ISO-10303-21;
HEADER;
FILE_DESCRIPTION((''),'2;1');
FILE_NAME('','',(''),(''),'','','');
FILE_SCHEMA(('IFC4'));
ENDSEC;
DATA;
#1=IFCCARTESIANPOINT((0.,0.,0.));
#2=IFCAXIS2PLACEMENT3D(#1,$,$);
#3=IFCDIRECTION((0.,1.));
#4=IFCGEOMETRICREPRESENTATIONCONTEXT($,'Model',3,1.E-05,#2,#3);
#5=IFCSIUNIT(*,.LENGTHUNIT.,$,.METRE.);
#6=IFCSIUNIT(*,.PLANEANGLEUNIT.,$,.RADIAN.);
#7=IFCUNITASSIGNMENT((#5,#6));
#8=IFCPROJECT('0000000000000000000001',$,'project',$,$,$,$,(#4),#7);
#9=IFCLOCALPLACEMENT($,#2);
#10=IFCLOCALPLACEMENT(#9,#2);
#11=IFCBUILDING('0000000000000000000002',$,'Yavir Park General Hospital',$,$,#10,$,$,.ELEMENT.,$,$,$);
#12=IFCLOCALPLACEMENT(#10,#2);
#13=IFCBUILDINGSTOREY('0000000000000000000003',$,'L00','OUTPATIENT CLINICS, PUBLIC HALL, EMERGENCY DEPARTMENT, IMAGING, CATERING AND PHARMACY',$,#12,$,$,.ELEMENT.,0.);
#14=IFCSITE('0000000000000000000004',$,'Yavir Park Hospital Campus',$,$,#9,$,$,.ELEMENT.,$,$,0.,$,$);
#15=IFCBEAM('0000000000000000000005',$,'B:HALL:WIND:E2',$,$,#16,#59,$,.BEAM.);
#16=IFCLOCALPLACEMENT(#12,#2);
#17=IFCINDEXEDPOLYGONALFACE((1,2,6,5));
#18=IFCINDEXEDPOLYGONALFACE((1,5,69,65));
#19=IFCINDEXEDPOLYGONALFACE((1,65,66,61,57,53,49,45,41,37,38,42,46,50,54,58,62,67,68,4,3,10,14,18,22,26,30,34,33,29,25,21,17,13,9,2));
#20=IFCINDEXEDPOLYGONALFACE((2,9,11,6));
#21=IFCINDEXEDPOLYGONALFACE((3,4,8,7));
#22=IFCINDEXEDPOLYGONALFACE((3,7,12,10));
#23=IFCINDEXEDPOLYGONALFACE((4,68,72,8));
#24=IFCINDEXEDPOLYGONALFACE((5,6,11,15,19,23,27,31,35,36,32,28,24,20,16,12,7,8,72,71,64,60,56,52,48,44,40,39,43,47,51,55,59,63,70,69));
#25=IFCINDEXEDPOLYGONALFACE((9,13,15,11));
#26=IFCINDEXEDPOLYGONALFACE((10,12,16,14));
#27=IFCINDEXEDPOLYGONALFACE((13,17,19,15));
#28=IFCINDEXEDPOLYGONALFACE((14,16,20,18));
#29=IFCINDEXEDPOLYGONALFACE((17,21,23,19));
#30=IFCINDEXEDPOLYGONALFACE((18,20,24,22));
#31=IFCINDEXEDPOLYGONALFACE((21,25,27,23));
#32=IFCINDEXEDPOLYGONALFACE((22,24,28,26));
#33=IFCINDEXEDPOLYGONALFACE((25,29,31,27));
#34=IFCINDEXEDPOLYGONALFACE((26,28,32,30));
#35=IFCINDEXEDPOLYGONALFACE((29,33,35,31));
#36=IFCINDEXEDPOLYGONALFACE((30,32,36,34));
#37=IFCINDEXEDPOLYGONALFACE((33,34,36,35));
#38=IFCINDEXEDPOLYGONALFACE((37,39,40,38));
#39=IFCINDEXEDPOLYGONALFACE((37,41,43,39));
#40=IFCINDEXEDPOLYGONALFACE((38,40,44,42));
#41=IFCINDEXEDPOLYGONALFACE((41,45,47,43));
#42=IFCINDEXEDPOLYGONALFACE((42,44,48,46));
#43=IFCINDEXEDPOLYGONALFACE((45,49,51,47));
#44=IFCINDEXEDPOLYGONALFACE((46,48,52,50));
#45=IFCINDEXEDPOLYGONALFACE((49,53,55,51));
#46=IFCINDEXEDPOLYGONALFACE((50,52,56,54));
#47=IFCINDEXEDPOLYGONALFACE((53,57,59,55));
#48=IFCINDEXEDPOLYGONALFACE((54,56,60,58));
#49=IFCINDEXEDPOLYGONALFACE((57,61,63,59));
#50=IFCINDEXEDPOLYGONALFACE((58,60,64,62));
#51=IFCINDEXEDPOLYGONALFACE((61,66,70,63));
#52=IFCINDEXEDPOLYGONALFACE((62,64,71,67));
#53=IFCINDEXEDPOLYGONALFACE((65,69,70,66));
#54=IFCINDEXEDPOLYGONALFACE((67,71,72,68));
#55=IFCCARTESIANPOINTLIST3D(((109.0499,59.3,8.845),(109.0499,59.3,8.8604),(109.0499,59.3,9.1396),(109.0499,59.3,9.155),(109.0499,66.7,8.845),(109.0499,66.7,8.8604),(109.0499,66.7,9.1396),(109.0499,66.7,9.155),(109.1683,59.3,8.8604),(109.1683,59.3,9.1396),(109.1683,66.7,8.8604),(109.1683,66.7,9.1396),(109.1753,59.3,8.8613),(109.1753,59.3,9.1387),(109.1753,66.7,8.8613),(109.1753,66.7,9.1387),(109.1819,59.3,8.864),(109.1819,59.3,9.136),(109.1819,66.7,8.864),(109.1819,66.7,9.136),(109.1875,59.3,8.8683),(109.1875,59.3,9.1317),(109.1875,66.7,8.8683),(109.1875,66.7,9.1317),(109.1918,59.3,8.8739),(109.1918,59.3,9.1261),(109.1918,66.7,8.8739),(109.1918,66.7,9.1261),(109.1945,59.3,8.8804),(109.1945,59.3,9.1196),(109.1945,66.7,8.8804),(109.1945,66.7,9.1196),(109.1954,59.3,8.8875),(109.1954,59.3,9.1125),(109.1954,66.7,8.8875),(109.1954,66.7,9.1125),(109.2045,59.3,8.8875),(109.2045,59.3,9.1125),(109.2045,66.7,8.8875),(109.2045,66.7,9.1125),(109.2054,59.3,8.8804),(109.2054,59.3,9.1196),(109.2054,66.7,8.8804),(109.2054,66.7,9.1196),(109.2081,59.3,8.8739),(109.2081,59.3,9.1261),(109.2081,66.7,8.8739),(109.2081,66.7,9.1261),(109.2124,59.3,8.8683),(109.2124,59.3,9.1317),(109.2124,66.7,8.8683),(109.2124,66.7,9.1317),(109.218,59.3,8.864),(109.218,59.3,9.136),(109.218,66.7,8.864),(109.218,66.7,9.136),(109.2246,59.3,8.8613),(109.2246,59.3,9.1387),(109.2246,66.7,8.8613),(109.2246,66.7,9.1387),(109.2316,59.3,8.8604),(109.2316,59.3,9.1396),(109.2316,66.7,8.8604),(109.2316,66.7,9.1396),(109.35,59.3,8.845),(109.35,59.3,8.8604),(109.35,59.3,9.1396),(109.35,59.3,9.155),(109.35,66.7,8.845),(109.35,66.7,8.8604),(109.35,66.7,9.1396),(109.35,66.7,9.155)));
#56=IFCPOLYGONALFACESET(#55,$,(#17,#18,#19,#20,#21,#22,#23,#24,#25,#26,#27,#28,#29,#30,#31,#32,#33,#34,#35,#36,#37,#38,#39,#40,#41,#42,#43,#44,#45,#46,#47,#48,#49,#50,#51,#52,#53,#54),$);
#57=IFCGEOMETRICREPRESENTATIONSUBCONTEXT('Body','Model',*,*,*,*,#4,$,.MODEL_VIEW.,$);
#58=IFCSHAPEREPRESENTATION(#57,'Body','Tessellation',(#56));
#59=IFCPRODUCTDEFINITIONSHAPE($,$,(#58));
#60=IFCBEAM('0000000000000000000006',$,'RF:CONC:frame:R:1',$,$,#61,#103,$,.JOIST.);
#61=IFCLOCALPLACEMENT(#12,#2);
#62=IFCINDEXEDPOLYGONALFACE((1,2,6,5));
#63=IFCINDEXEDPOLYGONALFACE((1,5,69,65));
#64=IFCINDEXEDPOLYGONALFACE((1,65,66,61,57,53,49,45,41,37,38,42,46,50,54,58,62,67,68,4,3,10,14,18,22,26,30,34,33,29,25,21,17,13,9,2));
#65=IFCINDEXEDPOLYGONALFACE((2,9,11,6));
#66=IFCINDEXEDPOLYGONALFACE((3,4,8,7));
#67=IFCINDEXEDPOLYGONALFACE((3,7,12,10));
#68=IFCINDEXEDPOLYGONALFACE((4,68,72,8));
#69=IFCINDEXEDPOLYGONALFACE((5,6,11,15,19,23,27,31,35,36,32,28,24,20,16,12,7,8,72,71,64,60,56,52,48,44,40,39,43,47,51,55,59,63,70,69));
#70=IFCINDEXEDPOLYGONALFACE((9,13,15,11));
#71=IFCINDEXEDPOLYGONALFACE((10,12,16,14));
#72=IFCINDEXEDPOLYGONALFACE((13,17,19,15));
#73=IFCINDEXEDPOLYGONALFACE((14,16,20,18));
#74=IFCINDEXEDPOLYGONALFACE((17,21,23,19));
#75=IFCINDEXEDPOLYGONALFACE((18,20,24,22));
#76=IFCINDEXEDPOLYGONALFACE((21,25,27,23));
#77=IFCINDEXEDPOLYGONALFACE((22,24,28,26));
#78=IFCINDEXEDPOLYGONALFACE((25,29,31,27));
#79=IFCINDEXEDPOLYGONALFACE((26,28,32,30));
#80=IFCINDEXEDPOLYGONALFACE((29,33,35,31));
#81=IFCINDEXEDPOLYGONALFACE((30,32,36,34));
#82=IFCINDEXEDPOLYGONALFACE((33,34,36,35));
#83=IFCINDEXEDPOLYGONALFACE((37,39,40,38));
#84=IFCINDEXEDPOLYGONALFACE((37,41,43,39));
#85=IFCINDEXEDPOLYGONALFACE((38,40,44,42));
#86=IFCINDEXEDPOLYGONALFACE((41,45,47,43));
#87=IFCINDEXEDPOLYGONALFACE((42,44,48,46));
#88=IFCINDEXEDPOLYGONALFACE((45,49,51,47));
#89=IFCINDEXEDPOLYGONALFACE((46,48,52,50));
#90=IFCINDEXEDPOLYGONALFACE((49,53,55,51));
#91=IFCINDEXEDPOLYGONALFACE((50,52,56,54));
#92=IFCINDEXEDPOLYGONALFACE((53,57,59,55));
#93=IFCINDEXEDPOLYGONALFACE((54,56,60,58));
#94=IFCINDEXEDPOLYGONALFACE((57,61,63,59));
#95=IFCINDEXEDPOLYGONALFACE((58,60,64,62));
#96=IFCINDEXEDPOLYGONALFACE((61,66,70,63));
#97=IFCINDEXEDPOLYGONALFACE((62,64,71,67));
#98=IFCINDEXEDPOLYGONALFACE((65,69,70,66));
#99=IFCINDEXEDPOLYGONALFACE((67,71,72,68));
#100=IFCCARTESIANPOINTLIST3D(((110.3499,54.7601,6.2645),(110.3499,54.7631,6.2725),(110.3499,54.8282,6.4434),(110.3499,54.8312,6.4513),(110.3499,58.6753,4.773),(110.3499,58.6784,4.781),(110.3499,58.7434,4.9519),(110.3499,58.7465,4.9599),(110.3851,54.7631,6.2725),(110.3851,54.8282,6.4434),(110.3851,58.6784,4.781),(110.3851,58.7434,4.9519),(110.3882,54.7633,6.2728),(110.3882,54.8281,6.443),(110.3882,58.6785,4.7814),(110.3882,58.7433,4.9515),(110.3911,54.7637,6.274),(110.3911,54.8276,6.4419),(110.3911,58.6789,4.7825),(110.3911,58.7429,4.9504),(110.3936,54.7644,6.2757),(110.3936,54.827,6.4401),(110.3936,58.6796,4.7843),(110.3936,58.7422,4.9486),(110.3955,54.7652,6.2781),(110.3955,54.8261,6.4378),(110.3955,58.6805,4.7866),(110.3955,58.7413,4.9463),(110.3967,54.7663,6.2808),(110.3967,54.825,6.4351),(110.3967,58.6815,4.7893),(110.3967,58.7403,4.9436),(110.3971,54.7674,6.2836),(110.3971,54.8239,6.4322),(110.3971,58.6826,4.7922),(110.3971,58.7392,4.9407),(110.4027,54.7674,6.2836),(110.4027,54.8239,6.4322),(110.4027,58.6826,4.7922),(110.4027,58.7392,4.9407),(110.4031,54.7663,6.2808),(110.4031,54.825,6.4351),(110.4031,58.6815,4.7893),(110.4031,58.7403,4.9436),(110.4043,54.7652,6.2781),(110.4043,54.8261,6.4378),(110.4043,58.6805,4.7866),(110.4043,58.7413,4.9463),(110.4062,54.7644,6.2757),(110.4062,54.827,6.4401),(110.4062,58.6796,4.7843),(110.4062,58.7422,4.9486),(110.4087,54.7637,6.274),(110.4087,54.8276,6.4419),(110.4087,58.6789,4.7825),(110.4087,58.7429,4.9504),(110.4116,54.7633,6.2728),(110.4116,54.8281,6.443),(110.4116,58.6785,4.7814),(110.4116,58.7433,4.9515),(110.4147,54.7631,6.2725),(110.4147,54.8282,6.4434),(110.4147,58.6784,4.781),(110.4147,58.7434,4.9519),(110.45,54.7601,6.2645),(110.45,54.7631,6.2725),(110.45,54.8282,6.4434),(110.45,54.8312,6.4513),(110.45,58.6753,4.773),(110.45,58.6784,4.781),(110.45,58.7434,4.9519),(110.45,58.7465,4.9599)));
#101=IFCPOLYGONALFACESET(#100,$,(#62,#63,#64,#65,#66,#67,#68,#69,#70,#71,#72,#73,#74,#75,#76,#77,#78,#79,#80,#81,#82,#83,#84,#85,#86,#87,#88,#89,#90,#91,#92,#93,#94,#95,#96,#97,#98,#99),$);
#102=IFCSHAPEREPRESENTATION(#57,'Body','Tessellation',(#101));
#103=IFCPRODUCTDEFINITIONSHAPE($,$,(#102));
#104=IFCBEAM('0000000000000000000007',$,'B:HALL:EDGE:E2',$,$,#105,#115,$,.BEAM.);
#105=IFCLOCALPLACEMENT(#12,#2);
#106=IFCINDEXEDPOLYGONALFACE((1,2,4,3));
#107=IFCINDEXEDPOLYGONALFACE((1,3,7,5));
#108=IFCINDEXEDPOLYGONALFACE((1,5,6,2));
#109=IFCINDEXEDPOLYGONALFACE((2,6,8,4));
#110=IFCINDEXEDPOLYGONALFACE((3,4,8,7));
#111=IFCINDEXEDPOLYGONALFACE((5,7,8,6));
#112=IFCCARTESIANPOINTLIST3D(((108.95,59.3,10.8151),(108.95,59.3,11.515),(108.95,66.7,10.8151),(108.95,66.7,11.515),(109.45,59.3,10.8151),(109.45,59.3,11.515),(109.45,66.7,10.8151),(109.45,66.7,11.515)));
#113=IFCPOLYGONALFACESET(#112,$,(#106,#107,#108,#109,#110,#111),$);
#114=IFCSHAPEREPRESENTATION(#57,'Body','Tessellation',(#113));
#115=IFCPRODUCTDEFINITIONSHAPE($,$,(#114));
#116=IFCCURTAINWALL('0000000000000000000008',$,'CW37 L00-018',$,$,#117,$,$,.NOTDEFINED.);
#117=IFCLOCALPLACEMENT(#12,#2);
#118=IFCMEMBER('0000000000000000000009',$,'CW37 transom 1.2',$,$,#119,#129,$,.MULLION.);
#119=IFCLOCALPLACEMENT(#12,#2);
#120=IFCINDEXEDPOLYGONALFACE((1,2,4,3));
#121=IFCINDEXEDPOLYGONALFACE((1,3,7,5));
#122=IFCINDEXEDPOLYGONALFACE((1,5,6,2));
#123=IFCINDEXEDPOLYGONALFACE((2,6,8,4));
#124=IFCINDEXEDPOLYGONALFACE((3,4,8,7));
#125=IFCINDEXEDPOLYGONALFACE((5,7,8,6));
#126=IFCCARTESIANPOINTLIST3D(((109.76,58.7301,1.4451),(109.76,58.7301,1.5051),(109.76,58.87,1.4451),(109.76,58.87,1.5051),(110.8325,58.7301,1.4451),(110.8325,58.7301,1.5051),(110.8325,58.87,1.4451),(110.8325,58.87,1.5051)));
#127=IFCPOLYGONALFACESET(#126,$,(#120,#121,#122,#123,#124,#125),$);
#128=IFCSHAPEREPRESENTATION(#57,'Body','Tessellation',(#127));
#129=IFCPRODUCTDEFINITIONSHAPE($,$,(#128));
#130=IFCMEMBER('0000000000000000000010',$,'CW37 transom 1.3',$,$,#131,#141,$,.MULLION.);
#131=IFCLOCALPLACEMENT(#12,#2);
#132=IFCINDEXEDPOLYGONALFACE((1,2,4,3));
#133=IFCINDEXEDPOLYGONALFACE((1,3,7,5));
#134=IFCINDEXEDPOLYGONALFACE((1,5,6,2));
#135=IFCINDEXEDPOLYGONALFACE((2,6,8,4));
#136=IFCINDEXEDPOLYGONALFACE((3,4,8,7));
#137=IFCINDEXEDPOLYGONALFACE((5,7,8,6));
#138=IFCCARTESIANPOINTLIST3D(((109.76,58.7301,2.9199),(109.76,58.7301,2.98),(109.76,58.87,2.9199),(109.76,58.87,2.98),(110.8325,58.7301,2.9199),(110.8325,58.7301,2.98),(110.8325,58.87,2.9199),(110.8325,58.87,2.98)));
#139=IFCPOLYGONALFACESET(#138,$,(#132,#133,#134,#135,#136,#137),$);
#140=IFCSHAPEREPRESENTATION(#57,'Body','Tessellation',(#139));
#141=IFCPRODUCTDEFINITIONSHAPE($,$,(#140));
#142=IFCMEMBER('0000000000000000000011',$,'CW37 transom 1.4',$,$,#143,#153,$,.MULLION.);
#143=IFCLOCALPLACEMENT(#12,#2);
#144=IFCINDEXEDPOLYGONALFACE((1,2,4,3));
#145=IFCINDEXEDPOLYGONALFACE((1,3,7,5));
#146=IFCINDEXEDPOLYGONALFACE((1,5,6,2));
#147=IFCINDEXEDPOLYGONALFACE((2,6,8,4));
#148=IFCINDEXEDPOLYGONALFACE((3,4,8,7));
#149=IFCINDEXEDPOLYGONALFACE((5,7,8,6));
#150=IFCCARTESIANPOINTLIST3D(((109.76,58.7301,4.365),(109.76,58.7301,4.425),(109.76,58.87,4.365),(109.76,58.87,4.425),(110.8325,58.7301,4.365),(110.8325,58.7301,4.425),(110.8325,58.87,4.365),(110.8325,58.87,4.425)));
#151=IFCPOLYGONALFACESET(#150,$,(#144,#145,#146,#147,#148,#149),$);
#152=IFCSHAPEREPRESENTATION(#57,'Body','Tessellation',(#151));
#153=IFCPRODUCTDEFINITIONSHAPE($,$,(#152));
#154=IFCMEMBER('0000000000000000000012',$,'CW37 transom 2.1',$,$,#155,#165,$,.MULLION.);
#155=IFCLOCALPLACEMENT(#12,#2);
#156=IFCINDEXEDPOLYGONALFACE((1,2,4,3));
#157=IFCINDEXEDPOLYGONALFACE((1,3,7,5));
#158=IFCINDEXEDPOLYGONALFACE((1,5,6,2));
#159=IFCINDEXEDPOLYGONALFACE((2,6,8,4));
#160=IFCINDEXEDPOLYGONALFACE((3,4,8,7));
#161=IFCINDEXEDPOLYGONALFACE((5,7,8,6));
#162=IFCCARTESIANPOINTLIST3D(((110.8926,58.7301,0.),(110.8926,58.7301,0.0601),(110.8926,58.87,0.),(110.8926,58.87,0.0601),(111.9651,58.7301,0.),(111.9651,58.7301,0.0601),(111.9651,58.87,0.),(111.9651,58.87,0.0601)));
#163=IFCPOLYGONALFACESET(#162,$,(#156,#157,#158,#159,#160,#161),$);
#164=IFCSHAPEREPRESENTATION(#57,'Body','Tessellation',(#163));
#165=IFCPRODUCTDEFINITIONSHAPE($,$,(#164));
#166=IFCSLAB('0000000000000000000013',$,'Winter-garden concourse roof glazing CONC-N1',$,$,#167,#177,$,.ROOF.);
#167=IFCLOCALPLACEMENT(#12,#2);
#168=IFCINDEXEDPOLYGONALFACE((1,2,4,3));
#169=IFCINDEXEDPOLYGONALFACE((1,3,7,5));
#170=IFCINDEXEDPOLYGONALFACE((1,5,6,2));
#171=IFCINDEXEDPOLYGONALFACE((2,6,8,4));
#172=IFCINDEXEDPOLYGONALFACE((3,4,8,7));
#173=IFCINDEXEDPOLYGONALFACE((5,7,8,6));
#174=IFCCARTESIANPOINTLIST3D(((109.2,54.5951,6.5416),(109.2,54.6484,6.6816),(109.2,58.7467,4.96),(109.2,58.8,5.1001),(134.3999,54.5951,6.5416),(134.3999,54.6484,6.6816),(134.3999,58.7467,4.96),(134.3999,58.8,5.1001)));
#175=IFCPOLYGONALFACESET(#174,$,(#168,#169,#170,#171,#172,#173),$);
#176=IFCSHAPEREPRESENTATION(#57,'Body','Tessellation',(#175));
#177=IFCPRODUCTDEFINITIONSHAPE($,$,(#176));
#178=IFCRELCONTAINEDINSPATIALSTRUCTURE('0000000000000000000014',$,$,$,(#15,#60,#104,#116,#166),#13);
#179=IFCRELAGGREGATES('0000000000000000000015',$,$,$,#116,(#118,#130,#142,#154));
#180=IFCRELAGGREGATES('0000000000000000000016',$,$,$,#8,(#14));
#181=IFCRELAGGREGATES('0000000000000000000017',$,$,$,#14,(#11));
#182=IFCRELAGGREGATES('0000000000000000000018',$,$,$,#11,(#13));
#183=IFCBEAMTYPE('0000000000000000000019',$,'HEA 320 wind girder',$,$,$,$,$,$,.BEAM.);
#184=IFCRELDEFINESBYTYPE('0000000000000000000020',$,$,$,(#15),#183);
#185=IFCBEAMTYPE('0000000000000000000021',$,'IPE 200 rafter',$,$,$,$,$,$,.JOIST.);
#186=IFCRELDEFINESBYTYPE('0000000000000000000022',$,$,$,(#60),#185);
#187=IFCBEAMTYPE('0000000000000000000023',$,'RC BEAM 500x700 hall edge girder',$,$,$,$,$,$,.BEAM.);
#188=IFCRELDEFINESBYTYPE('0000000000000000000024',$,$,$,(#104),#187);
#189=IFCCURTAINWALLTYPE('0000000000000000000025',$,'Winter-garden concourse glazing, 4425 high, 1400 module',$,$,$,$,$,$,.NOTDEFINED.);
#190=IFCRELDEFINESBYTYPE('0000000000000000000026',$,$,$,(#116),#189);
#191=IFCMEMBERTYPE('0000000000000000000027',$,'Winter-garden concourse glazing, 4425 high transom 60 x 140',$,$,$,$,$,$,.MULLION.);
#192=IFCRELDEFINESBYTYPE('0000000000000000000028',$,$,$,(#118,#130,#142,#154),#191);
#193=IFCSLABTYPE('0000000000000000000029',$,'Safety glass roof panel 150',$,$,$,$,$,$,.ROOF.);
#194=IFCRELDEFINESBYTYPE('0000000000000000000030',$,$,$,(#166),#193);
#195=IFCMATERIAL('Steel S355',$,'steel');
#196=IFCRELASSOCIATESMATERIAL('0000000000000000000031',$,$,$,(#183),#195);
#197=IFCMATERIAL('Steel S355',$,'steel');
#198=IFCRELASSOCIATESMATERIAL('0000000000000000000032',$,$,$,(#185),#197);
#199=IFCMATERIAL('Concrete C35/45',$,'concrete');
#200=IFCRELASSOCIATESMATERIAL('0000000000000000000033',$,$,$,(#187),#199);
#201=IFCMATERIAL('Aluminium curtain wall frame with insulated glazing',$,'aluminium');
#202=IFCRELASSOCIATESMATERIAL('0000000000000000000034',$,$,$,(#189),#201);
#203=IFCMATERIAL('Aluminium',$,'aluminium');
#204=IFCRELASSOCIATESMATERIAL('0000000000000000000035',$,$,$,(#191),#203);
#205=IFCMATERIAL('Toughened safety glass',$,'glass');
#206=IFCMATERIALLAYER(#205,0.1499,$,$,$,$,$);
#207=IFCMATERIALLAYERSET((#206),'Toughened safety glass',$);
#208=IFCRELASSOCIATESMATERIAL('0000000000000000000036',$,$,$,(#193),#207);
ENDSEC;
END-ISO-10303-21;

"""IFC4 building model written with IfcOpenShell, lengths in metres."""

from ifc_helpers import new_model, si_unit, direction, frame, origin, origin_2d, place, context, subcontext, project, spatial, polyline, rectangle, i_section, outline, extrude, material, layer, layer_set, material_profile, profile_set, type_object, element, aggregate, save


model = new_model("IFC4")

# Units and contexts
model_context = context("Model", 3, precision=1e-05, world=origin(), true_north=direction((0.0, 1.0)))
body_context = subcontext(model_context, "Body", "Model", "MODEL_VIEW")
ifc_project = project(units=[si_unit("LENGTHUNIT", "METRE"), si_unit("PLANEANGLEUNIT", "RADIAN")], contexts=[model_context])

# Site, building, storey
site_placement = place(None, origin())
site = spatial("IfcSite", under=ifc_project, at=site_placement, Name="Yavir Park Hospital Campus", CompositionType="ELEMENT", RefElevation=0.0)
building_placement = place(site_placement, origin())
building = spatial("IfcBuilding", under=site, at=building_placement, Name="Yavir Park General Hospital", CompositionType="ELEMENT")
storey_placement = place(building_placement, origin())
storey = spatial("IfcBuildingStorey", under=building, at=storey_placement, Name="L00", Description="OUTPATIENT CLINICS, PUBLIC HALL, EMERGENCY DEPARTMENT, IMAGING, CATERING AND PHARMACY", CompositionType="ELEMENT", Elevation=0.0)

# Beams
ifc_material_1 = material(Name="Steel S355", Category="steel")
ifc_material_profile_1 = material_profile(ifc_material_1, i_section(OverallWidth=0.3, OverallDepth=0.3101, WebThickness=0.009, FlangeThickness=0.0154, FilletRadius=0.0271, at=origin_2d()), Name="HEA320")
ifc_profile_set_1 = profile_set([ifc_material_profile_1], Name="Steel S355")
beam_type_1 = type_object("IfcBeamType", Name="HEA 320 wind girder", PredefinedType="BEAM", material=ifc_profile_set_1)
beam_1_placement = place(storey_placement, frame((109.2, 59.3, 9.0), z_axis=(0.0, 1.0, 0.0), x_axis=(-1.0, 0.0, 0.0)))
element("IfcBeam", 1, at=beam_1_placement, inside=storey, type_object=beam_type_1, Name="B:HALL:WIND:E2", PredefinedType="BEAM", context=body_context, shape_type="SweptSolid", body=[
    extrude(i_section(OverallWidth=0.3, OverallDepth=0.3101, WebThickness=0.009, FlangeThickness=0.0154, FilletRadius=0.0271, at=origin_2d()), origin(), (0.0, 0.0, 1.0), 7.3999),
])
ifc_material_2 = material(Name="Steel S355", Category="steel")
ifc_material_profile_2 = material_profile(ifc_material_2, i_section(OverallWidth=0.1001, OverallDepth=0.2, WebThickness=0.0056, FlangeThickness=0.0085, FilletRadius=0.012, at=origin_2d()), Name="IPE200")
ifc_profile_set_2 = profile_set([ifc_material_profile_2], Name="Steel S355")
beam_type_2 = type_object("IfcBeamType", Name="IPE 200 rafter", PredefinedType="JOIST", material=ifc_profile_set_2)
beam_2_placement = place(storey_placement, frame((110.3999, 54.7957, 6.3579), z_axis=(0.0, 0.934494, -0.355978), x_axis=(-1.0, 0.0, 0.0)))
element("IfcBeam", 2, at=beam_2_placement, inside=storey, type_object=beam_type_2, Name="RF:CONC:frame:R:1", PredefinedType="JOIST", context=body_context, shape_type="SweptSolid", body=[
    extrude(i_section(OverallWidth=0.1001, OverallDepth=0.2, WebThickness=0.0056, FlangeThickness=0.0085, FilletRadius=0.012, at=origin_2d()), origin(), (0.0, 0.0, 1.0), 4.1897),
])
ifc_material_3 = material(Name="Concrete C35/45", Category="concrete")
ifc_material_profile_3 = material_profile(ifc_material_3, rectangle(XDim=0.5, YDim=0.7, at=origin_2d()), Name="RC500x700")
ifc_profile_set_3 = profile_set([ifc_material_profile_3], Name="Concrete C35/45")
beam_type_3 = type_object("IfcBeamType", Name="RC BEAM 500x700 hall edge girder", PredefinedType="BEAM", material=ifc_profile_set_3)
beam_3_placement = place(storey_placement, frame((109.2, 59.3, 11.165), z_axis=(0.0, 1.0, 0.0), x_axis=(-1.0, 0.0, 0.0)))
element("IfcBeam", 3, at=beam_3_placement, inside=storey, type_object=beam_type_3, Name="B:HALL:EDGE:E2", PredefinedType="BEAM", context=body_context, shape_type="SweptSolid", body=[
    extrude(rectangle(XDim=0.5, YDim=0.7, at=origin_2d()), origin(), (0.0, 0.0, 1.0), 7.3999),
])

# Curtain wall, members
ifc_material_4 = material(Name="Aluminium curtain wall frame with insulated glazing", Category="aluminium")
curtain_wall_type = type_object("IfcCurtainWallType", Name="Winter-garden concourse glazing, 4425 high, 1400 module", PredefinedType="NOTDEFINED", material=ifc_material_4)
curtain_wall_placement = place(storey_placement, origin())
curtain_wall = element("IfcCurtainWall", 4, at=curtain_wall_placement, inside=storey, type_object=curtain_wall_type, Name="CW37 L00-018", PredefinedType="NOTDEFINED")
ifc_material_5 = material(Name="Aluminium", Category="aluminium")
ifc_material_profile_4 = material_profile(ifc_material_5, rectangle(XDim=0.1399, YDim=0.0601, at=origin_2d()), Name="AL 140x60")
ifc_profile_set_4 = profile_set([ifc_material_profile_4], Name="Aluminium")
member_type_1 = type_object("IfcMemberType", Name="Winter-garden concourse glazing, 4425 high transom 60 x 140", PredefinedType="MULLION", material=ifc_profile_set_4)
member_1_placement = place(storey_placement, frame((109.76, 58.8, 1.4751), z_axis=(1.0, 0.0, 0.0), x_axis=(0.0, 1.0, 0.0)))
member_1 = element("IfcMember", 5, at=member_1_placement, type_object=member_type_1, Name="CW37 transom 1.2", PredefinedType="MULLION", context=body_context, shape_type="SweptSolid", body=[
    extrude(rectangle(XDim=0.1399, YDim=0.0601, at=origin_2d()), origin(), (0.0, 0.0, 1.0), 1.0725),
])
member_2_placement = place(storey_placement, frame((109.76, 58.8, 2.95), z_axis=(1.0, 0.0, 0.0), x_axis=(0.0, 1.0, 0.0)))
member_2 = element("IfcMember", 6, at=member_2_placement, type_object=member_type_1, Name="CW37 transom 1.3", PredefinedType="MULLION", context=body_context, shape_type="SweptSolid", body=[
    extrude(rectangle(XDim=0.1399, YDim=0.0601, at=origin_2d()), origin(), (0.0, 0.0, 1.0), 1.0725),
])
member_3_placement = place(storey_placement, frame((109.76, 58.8, 4.395), z_axis=(1.0, 0.0, 0.0), x_axis=(0.0, 1.0, 0.0)))
member_3 = element("IfcMember", 7, at=member_3_placement, type_object=member_type_1, Name="CW37 transom 1.4", PredefinedType="MULLION", context=body_context, shape_type="SweptSolid", body=[
    extrude(rectangle(XDim=0.1399, YDim=0.0601, at=origin_2d()), origin(), (0.0, 0.0, 1.0), 1.0725),
])
member_4_placement = place(storey_placement, frame((110.8926, 58.8, 0.03), z_axis=(1.0, 0.0, 0.0), x_axis=(0.0, 1.0, 0.0)))
member_4 = element("IfcMember", 8, at=member_4_placement, type_object=member_type_1, Name="CW37 transom 2.1", PredefinedType="MULLION", context=body_context, shape_type="SweptSolid", body=[
    extrude(rectangle(XDim=0.1399, YDim=0.0601, at=origin_2d()), origin(), (0.0, 0.0, 1.0), 1.0725),
])

# Slab
ifc_material_6 = material(Name="Toughened safety glass", Category="glass")
ifc_layer_1 = layer(ifc_material_6, 0.1499)
ifc_layer_set_1 = layer_set([ifc_layer_1], Name="Toughened safety glass")
slab_type = type_object("IfcSlabType", Name="Safety glass roof panel 150", PredefinedType="ROOF", material=ifc_layer_set_1)
slab_placement = place(storey_placement, frame((109.2, 54.6484, 6.6816), z_axis=(0.0, 0.355991, 0.934489), x_axis=(1.0, 0.0, 0.0)))
element("IfcSlab", 9, at=slab_placement, inside=storey, type_object=slab_type, Name="Winter-garden concourse roof glazing CONC-N1", PredefinedType="ROOF", context=body_context, shape_type="SweptSolid", body=[
    extrude(outline(polyline([(0.0, 0.0), (25.2, 0.0), (25.2, 4.4427), (0.0, 4.4427), (0.0, 0.0)])), origin(), (0.0, 0.0, -1.0), 0.1499),
])

aggregate(curtain_wall, [member_1, member_2, member_3, member_4])

save(model, "model.ifc")
